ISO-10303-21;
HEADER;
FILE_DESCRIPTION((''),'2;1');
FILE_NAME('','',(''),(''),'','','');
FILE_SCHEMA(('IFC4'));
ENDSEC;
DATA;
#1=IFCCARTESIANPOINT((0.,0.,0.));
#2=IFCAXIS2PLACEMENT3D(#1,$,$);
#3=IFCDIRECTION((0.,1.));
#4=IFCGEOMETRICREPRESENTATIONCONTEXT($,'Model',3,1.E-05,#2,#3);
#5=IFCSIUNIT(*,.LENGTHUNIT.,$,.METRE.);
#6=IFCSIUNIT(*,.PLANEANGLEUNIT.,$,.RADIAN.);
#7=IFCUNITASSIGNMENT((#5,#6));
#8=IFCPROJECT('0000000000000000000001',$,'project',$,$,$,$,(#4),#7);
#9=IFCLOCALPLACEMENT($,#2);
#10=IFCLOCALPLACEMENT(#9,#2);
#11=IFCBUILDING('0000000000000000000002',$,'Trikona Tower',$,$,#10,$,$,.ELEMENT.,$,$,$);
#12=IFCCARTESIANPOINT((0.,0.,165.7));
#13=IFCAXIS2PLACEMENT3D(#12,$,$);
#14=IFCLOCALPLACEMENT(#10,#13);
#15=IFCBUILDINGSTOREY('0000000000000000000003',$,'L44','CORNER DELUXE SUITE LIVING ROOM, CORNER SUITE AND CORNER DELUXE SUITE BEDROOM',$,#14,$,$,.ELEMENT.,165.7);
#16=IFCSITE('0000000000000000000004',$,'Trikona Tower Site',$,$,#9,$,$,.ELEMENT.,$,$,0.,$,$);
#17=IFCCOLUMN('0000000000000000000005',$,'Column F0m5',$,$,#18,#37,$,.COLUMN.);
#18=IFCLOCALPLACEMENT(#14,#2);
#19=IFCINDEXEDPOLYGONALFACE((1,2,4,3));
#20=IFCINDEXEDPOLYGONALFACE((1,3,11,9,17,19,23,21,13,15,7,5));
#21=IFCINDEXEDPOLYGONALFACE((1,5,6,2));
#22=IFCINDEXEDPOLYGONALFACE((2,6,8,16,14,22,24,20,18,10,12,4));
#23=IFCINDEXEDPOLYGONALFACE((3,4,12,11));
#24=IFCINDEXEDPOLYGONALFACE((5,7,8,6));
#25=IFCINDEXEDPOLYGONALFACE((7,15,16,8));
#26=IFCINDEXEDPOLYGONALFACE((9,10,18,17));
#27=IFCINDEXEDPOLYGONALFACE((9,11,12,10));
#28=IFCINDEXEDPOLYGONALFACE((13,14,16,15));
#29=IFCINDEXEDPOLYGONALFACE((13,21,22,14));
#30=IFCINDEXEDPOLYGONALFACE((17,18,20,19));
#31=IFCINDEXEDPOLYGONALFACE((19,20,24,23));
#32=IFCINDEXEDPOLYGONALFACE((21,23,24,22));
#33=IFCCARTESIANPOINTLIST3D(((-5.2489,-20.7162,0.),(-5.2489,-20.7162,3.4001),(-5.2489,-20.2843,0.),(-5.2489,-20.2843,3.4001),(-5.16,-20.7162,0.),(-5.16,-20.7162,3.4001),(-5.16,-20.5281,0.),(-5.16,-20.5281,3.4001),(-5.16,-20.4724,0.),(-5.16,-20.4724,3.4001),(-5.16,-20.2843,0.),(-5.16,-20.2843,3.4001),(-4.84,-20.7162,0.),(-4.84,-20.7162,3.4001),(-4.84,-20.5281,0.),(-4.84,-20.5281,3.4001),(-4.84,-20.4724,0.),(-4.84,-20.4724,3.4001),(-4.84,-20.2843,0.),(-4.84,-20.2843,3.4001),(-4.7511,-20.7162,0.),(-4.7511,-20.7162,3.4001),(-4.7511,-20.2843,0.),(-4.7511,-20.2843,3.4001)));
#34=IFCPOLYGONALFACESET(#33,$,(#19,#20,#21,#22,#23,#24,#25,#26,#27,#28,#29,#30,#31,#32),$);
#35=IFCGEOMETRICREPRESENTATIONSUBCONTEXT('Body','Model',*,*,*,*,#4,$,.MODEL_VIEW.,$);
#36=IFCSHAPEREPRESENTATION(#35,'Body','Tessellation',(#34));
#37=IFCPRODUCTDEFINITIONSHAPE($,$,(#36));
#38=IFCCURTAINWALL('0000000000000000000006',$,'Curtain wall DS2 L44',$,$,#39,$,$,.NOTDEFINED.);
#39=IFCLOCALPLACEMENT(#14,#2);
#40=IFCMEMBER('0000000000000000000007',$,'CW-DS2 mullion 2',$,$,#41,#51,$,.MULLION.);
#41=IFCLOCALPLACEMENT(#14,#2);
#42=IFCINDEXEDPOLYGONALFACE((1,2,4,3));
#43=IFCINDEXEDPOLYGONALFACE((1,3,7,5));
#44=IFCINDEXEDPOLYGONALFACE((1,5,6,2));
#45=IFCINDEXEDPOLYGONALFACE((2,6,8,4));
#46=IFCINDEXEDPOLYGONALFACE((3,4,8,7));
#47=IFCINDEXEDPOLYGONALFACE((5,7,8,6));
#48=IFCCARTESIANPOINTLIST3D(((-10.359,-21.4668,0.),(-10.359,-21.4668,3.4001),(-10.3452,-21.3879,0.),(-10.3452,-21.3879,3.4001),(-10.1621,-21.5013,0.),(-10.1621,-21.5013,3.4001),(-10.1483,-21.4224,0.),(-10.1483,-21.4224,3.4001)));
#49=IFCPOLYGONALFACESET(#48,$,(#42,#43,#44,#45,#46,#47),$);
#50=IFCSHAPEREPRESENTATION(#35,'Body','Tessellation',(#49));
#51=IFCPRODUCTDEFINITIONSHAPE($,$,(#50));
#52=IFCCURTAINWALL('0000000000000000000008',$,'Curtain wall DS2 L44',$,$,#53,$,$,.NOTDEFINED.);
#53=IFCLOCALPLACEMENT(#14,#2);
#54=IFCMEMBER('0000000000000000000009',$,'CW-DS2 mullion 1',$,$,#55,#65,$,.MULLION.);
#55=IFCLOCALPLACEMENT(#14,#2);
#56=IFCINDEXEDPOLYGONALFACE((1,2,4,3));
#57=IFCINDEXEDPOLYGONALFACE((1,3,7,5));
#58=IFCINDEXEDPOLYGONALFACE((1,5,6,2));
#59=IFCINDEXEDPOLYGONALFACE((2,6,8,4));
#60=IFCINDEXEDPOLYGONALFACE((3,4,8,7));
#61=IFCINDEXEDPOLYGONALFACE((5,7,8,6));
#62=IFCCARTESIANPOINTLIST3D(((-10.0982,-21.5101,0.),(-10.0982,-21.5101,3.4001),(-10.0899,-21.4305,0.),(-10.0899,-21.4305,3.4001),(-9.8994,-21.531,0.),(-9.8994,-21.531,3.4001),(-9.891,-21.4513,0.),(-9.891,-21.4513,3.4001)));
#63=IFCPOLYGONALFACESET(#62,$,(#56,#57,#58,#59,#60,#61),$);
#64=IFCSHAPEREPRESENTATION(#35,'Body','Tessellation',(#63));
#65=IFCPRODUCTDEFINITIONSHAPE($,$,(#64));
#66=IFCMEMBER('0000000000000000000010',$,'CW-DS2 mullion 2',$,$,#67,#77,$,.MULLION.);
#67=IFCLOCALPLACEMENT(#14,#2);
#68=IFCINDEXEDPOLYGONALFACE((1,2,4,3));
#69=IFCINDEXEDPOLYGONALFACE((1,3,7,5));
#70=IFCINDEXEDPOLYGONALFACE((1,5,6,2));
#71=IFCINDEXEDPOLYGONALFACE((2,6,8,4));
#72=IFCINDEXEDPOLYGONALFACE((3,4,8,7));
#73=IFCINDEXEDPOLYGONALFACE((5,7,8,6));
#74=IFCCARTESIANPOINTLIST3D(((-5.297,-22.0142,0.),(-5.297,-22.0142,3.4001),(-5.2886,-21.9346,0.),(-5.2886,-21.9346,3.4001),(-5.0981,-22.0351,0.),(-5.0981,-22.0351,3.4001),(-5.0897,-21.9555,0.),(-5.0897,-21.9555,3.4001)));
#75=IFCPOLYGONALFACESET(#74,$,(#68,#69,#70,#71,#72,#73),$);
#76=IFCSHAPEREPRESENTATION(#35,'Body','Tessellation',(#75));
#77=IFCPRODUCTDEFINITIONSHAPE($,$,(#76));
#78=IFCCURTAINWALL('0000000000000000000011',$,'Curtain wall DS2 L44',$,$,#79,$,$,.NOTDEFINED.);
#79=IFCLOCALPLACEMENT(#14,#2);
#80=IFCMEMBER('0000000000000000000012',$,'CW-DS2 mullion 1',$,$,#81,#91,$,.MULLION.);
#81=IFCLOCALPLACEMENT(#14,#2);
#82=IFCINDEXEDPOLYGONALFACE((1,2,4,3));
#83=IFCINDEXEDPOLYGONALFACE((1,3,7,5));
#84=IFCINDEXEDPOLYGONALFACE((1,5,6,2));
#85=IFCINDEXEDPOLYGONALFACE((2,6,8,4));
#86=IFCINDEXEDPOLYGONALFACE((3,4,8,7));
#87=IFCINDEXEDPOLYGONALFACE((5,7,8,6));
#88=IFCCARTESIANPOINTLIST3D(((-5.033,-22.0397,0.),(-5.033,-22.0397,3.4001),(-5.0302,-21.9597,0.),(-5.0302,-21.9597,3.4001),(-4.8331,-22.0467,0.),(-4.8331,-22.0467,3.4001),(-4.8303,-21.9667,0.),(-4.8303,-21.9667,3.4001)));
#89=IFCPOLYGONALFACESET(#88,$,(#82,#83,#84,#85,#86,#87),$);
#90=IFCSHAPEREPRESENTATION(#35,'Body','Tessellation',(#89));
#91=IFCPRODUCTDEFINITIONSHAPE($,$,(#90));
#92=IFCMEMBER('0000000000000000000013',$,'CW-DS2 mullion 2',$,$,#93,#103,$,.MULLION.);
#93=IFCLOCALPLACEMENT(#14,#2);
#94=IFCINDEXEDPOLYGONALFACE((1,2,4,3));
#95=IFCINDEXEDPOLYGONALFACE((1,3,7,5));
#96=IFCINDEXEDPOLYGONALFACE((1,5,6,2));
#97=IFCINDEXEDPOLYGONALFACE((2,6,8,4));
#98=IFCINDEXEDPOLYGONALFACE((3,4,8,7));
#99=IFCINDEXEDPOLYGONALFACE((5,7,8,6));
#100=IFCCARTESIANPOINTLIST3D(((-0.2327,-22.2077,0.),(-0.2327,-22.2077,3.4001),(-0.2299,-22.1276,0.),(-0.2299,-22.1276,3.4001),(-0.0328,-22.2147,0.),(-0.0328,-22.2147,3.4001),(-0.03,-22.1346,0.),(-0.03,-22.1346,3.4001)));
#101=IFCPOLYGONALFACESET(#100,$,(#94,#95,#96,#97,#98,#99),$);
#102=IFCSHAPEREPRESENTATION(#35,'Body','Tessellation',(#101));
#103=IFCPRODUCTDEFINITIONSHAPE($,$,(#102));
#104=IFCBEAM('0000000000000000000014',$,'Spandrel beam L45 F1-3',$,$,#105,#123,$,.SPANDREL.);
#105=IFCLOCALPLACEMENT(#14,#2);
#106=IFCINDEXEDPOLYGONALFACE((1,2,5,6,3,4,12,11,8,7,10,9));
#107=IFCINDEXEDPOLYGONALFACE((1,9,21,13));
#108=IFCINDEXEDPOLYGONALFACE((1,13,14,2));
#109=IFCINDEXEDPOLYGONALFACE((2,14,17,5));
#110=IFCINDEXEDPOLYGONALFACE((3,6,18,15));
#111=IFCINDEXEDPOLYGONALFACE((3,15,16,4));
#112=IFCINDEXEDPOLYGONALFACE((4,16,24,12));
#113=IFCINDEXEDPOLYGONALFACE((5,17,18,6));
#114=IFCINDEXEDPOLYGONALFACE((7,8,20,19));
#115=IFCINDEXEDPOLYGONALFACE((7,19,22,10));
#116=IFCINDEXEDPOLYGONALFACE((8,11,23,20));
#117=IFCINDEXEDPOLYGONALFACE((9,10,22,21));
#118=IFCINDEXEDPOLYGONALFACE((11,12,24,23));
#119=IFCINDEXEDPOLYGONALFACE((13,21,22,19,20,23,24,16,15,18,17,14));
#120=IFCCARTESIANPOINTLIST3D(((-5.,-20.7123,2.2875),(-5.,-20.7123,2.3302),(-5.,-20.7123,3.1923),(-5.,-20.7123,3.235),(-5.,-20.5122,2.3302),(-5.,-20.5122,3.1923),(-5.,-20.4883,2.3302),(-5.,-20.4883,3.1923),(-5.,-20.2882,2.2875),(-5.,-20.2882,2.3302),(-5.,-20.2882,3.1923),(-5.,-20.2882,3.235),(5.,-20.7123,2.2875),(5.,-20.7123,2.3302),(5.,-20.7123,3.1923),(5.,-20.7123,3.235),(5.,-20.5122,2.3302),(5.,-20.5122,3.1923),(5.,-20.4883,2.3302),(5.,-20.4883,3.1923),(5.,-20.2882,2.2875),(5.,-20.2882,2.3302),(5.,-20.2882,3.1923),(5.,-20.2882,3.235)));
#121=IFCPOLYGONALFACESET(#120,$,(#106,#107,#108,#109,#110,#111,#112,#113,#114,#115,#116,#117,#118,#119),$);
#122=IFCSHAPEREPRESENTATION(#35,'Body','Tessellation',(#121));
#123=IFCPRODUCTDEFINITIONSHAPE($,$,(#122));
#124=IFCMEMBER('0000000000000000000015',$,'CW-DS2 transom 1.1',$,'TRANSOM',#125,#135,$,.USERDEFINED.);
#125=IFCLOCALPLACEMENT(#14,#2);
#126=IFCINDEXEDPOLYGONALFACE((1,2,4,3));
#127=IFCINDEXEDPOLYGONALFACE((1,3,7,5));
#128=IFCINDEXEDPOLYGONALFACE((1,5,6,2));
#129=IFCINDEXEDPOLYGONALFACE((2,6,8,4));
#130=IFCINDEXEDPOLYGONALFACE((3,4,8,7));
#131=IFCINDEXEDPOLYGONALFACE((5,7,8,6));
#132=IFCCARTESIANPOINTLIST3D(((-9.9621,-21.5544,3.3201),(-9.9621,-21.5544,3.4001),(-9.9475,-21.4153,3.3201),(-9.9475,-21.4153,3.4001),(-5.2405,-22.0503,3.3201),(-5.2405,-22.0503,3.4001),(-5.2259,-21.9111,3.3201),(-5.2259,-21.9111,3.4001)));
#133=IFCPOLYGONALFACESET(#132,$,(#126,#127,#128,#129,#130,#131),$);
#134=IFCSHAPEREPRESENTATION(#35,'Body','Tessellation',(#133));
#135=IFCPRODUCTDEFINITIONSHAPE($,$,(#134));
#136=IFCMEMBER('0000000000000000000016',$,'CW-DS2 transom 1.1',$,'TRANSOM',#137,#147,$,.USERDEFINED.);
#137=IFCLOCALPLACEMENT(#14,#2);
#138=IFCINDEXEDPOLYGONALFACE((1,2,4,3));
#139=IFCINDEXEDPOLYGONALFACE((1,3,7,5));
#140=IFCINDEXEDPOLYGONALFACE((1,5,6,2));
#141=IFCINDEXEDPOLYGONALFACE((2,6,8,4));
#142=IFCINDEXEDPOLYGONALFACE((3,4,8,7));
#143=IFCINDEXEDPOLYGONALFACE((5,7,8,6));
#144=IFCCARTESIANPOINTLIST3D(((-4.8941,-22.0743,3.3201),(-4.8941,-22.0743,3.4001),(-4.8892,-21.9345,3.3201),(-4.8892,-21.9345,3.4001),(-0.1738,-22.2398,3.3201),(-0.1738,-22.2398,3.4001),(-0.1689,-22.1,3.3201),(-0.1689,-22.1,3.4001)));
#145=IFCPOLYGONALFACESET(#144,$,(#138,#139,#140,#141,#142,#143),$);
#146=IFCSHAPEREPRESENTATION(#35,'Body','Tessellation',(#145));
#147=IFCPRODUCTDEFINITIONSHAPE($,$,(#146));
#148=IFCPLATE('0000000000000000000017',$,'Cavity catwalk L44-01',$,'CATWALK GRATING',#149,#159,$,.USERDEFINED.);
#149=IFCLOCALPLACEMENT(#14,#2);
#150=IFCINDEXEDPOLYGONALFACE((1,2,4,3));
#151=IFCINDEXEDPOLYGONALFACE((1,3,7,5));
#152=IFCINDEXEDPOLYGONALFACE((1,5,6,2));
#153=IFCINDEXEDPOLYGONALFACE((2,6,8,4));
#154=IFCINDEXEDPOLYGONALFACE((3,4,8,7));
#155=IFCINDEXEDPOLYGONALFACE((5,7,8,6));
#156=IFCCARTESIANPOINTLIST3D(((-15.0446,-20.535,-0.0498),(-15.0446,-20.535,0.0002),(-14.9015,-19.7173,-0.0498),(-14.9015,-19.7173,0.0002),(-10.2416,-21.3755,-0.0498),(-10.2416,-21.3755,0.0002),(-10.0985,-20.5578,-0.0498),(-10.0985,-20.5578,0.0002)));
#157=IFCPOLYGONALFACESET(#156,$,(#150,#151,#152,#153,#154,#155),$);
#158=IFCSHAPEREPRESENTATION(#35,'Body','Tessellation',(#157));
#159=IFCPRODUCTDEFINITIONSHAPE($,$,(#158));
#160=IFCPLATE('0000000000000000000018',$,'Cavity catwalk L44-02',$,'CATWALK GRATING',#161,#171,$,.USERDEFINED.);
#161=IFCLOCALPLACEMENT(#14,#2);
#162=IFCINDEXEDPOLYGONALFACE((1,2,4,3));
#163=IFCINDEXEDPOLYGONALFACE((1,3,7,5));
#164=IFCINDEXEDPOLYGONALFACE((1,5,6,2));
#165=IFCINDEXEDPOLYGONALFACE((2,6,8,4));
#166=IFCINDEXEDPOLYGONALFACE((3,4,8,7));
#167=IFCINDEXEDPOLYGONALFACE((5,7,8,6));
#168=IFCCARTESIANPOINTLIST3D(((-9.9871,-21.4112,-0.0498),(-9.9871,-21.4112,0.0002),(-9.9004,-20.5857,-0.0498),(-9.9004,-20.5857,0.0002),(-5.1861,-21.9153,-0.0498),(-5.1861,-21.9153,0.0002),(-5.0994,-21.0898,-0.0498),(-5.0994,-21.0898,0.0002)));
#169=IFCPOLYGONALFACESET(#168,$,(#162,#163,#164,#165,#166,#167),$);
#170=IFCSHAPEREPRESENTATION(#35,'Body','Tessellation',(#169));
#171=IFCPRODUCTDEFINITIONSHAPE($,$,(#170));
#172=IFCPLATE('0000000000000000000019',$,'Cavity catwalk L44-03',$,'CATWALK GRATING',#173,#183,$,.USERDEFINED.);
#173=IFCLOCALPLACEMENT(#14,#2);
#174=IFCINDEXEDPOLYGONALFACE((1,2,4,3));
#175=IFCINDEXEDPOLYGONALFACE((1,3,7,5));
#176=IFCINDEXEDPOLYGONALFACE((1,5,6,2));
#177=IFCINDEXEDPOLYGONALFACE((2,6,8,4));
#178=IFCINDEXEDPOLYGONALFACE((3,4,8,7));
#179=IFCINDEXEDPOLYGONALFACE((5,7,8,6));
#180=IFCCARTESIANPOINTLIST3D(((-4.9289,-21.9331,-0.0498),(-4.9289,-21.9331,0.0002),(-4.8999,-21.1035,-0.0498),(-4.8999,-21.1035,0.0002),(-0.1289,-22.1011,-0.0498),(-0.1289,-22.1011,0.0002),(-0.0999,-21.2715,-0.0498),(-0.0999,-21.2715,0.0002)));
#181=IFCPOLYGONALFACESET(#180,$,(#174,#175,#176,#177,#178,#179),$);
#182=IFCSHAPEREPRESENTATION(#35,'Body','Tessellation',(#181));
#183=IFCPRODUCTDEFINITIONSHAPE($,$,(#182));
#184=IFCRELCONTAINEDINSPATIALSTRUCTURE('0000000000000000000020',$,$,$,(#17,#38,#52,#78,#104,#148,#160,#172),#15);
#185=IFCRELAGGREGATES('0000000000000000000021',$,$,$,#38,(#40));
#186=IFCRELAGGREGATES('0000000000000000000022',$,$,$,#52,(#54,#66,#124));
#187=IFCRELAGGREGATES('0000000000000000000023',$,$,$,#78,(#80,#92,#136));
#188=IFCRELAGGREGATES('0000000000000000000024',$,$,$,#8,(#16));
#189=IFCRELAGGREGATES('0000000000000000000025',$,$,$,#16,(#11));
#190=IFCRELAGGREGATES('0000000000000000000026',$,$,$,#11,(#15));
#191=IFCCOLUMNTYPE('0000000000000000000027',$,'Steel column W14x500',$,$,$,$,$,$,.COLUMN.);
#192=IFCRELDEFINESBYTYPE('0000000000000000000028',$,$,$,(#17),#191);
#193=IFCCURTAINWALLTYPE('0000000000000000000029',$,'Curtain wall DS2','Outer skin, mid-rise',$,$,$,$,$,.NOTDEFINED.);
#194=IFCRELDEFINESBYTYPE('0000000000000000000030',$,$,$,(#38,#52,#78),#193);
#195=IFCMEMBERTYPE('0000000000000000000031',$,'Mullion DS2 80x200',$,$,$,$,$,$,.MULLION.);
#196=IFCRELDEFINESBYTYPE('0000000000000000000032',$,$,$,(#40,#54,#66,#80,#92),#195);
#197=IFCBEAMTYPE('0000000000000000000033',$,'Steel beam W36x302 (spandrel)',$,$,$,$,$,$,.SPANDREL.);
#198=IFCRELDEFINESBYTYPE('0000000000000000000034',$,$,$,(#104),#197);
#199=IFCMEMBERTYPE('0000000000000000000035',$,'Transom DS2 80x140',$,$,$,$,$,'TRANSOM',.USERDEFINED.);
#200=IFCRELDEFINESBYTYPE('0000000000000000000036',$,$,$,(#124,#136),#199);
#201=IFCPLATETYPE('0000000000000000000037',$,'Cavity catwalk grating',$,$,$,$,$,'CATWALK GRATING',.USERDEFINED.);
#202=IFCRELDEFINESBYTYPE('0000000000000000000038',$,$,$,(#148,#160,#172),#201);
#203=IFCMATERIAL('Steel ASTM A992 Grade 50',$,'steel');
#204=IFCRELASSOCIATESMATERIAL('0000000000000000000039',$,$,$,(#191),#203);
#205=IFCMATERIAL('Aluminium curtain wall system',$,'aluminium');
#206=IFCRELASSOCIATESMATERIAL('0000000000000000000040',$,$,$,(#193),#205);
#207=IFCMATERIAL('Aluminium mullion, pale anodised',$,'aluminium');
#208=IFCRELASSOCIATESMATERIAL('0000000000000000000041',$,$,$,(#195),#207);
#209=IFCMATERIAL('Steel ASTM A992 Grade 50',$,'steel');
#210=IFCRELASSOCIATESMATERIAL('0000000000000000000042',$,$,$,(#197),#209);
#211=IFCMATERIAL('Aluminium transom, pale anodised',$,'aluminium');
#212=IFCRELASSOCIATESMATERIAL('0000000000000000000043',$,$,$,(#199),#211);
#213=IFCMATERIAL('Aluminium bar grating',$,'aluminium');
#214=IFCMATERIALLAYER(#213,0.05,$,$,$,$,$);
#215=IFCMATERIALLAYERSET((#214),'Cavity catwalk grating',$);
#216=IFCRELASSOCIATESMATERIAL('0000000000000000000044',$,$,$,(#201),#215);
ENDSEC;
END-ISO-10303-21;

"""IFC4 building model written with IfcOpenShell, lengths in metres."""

from ifc_helpers import new_model, si_unit, direction, frame, origin, origin_2d, place, context, subcontext, project, spatial, rectangle, i_section, extrude, material, layer, layer_set, material_profile, profile_set, type_object, element, aggregate, save


model = new_model("IFC4")

# Units and contexts
model_context = context("Model", 3, precision=1e-05, world=origin(), true_north=direction((0.0, 1.0)))
body_context = subcontext(model_context, "Body", "Model", "MODEL_VIEW")
ifc_project = project(units=[si_unit("LENGTHUNIT", "METRE"), si_unit("PLANEANGLEUNIT", "RADIAN")], contexts=[model_context])

# Site, building, storey
site_placement = place(None, origin())
site = spatial("IfcSite", under=ifc_project, at=site_placement, Name="Trikona Tower Site", CompositionType="ELEMENT", RefElevation=0.0)
building_placement = place(site_placement, origin())
building = spatial("IfcBuilding", under=site, at=building_placement, Name="Trikona Tower", CompositionType="ELEMENT")
storey_placement = place(building_placement, frame((0.0, 0.0, 165.7)))
storey = spatial("IfcBuildingStorey", under=building, at=storey_placement, Name="L44", Description="CORNER DELUXE SUITE LIVING ROOM, CORNER SUITE AND CORNER DELUXE SUITE BEDROOM", CompositionType="ELEMENT", Elevation=165.7)

# Column
ifc_material_1 = material(Name="Steel ASTM A992 Grade 50", Category="steel")
ifc_material_profile_1 = material_profile(ifc_material_1, i_section(OverallWidth=0.4319, OverallDepth=0.4978, WebThickness=0.0557, FlangeThickness=0.0889, at=origin_2d()), Name="W14X500")
ifc_profile_set_1 = profile_set([ifc_material_profile_1], Name="Steel ASTM A992 Grade 50")
column_type = type_object("IfcColumnType", Name="Steel column W14x500", PredefinedType="COLUMN", material=ifc_profile_set_1)
column_placement = place(storey_placement, frame((-5.0, -20.5002, 0.0), z_axis=(0.0, 0.0, 1.0), x_axis=(0.0, -1.0, 0.0)))
element("IfcColumn", 1, at=column_placement, inside=storey, type_object=column_type, Name="Column F0m5", PredefinedType="COLUMN", context=body_context, shape_type="SweptSolid", body=[
    extrude(i_section(OverallWidth=0.4319, OverallDepth=0.4978, WebThickness=0.0557, FlangeThickness=0.0889, at=origin_2d()), origin(), (0.0, 0.0, 1.0), 3.4001),
])

# Curtain wall, member
ifc_material_2 = material(Name="Aluminium curtain wall system", Category="aluminium")
curtain_wall_type = type_object("IfcCurtainWallType", Name="Curtain wall DS2", Description="Outer skin, mid-rise", PredefinedType="NOTDEFINED", material=ifc_material_2)
curtain_wall_1_placement = place(storey_placement, origin())
curtain_wall_1 = element("IfcCurtainWall", 2, at=curtain_wall_1_placement, inside=storey, type_object=curtain_wall_type, Name="Curtain wall DS2 L44", PredefinedType="NOTDEFINED")
ifc_material_3 = material(Name="Aluminium mullion, pale anodised", Category="aluminium")
ifc_material_profile_2 = material_profile(ifc_material_3, rectangle(XDim=0.0801, YDim=0.2, at=origin_2d()), Name="MUL-DS2")
ifc_profile_set_2 = profile_set([ifc_material_profile_2], Name="Aluminium mullion, pale anodised")
member_type_1 = type_object("IfcMemberType", Name="Mullion DS2 80x200", PredefinedType="MULLION", material=ifc_profile_set_2)
member_1_placement = place(storey_placement, frame((-10.2537, -21.4446, 0.0), z_axis=(0.0, 0.0, 1.0), x_axis=(0.172377, 0.985031, 0.0)))
member_1 = element("IfcMember", 3, at=member_1_placement, type_object=member_type_1, Name="CW-DS2 mullion 2", PredefinedType="MULLION", context=body_context, shape_type="SweptSolid", body=[
    extrude(rectangle(XDim=0.0801, YDim=0.2, at=origin_2d()), origin(), (0.0, 0.0, 1.0), 3.4001),
])

# Curtain walls, members
curtain_wall_2_placement = place(storey_placement, origin())
curtain_wall_2 = element("IfcCurtainWall", 4, at=curtain_wall_2_placement, inside=storey, type_object=curtain_wall_type, Name="Curtain wall DS2 L44", PredefinedType="NOTDEFINED")
member_2_placement = place(storey_placement, frame((-9.9946, -21.4807, 0.0), z_axis=(0.0, 0.0, 1.0), x_axis=(0.104433, 0.994532, 0.0)))
member_2 = element("IfcMember", 5, at=member_2_placement, type_object=member_type_1, Name="CW-DS2 mullion 1", PredefinedType="MULLION", context=body_context, shape_type="SweptSolid", body=[
    extrude(rectangle(XDim=0.0801, YDim=0.2, at=origin_2d()), origin(), (0.0, 0.0, 1.0), 3.4001),
])
member_3_placement = place(storey_placement, frame((-5.1934, -21.9849, 0.0), z_axis=(0.0, 0.0, 1.0), x_axis=(0.104433, 0.994532, 0.0)))
member_3 = element("IfcMember", 6, at=member_3_placement, type_object=member_type_1, Name="CW-DS2 mullion 2", PredefinedType="MULLION", context=body_context, shape_type="SweptSolid", body=[
    extrude(rectangle(XDim=0.0801, YDim=0.2, at=origin_2d()), origin(), (0.0, 0.0, 1.0), 3.4001),
])
curtain_wall_3_placement = place(storey_placement, origin())
curtain_wall_3 = element("IfcCurtainWall", 7, at=curtain_wall_3_placement, inside=storey, type_object=curtain_wall_type, Name="Curtain wall DS2 L44", PredefinedType="NOTDEFINED")
member_4_placement = place(storey_placement, frame((-4.9316, -22.0032, 0.0), z_axis=(0.0, 0.0, 1.0), x_axis=(0.034998, 0.999387, 0.0)))
member_4 = element("IfcMember", 8, at=member_4_placement, type_object=member_type_1, Name="CW-DS2 mullion 1", PredefinedType="MULLION", context=body_context, shape_type="SweptSolid", body=[
    extrude(rectangle(XDim=0.0801, YDim=0.2, at=origin_2d()), origin(), (0.0, 0.0, 1.0), 3.4001),
])
member_5_placement = place(storey_placement, frame((-0.1313, -22.1711, 0.0), z_axis=(0.0, 0.0, 1.0), x_axis=(0.034998, 0.999387, 0.0)))
member_5 = element("IfcMember", 9, at=member_5_placement, type_object=member_type_1, Name="CW-DS2 mullion 2", PredefinedType="MULLION", context=body_context, shape_type="SweptSolid", body=[
    extrude(rectangle(XDim=0.0801, YDim=0.2, at=origin_2d()), origin(), (0.0, 0.0, 1.0), 3.4001),
])

# Beam
ifc_material_4 = material(Name="Steel ASTM A992 Grade 50", Category="steel")
ifc_material_profile_3 = material_profile(ifc_material_4, i_section(OverallWidth=0.4241, OverallDepth=0.9475, WebThickness=0.0239, FlangeThickness=0.0427, at=origin_2d()), Name="W36X302")
ifc_profile_set_3 = profile_set([ifc_material_profile_3], Name="Steel ASTM A992 Grade 50")
beam_type = type_object("IfcBeamType", Name="Steel beam W36x302 (spandrel)", PredefinedType="SPANDREL", material=ifc_profile_set_3)
beam_placement = place(storey_placement, frame((-5.0, -20.5002, 2.7612), z_axis=(1.0, 0.0, 0.0), x_axis=(0.0, 1.0, 0.0)))
element("IfcBeam", 10, at=beam_placement, inside=storey, type_object=beam_type, Name="Spandrel beam L45 F1-3", PredefinedType="SPANDREL", context=body_context, shape_type="SweptSolid", body=[
    extrude(i_section(OverallWidth=0.4241, OverallDepth=0.9475, WebThickness=0.0239, FlangeThickness=0.0427, at=origin_2d()), origin(), (0.0, 0.0, 1.0), 10.0),
])

# Members
ifc_material_5 = material(Name="Aluminium transom, pale anodised", Category="aluminium")
ifc_material_profile_4 = material_profile(ifc_material_5, rectangle(XDim=0.1399, YDim=0.0801, at=origin_2d()), Name="TRN-DS2")
ifc_profile_set_4 = profile_set([ifc_material_profile_4], Name="Aluminium transom, pale anodised")
member_type_2 = type_object("IfcMemberType", Name="Transom DS2 80x140", ElementType="TRANSOM", PredefinedType="USERDEFINED", material=ifc_profile_set_4)
member_6_placement = place(storey_placement, frame((-9.9548, -21.4849, 3.3601), z_axis=(0.994531, -0.104441, 0.0), x_axis=(0.104441, 0.994531, 0.0)))
member_6 = element("IfcMember", 11, at=member_6_placement, type_object=member_type_2, Name="CW-DS2 transom 1.1", ObjectType="TRANSOM", PredefinedType="USERDEFINED", context=body_context, shape_type="SweptSolid", body=[
    extrude(rectangle(XDim=0.1399, YDim=0.0801, at=origin_2d()), origin(), (0.0, 0.0, 1.0), 4.7476),
])
member_7_placement = place(storey_placement, frame((-4.8916, -22.0044, 3.3601), z_axis=(0.999386, -0.035046, 0.0), x_axis=(0.035046, 0.999386, 0.0)))
member_7 = element("IfcMember", 12, at=member_7_placement, type_object=member_type_2, Name="CW-DS2 transom 1.1", ObjectType="TRANSOM", PredefinedType="USERDEFINED", context=body_context, shape_type="SweptSolid", body=[
    extrude(rectangle(XDim=0.1399, YDim=0.0801, at=origin_2d()), origin(), (0.0, 0.0, 1.0), 4.7231),
])

# Plates
ifc_material_6 = material(Name="Aluminium bar grating", Category="aluminium")
ifc_layer_1 = layer(ifc_material_6, 0.05)
ifc_layer_set_1 = layer_set([ifc_layer_1], Name="Cavity catwalk grating")
plate_type_1 = type_object("IfcPlateType", Name="Cavity catwalk grating", ElementType="CATWALK GRATING", PredefinedType="USERDEFINED", material=ifc_layer_set_1)
plate_1_placement = place(storey_placement, frame((-12.5715, -20.5464, -0.0498), z_axis=(0.0, 0.0, 1.0), x_axis=(0.985031, -0.17238, 0.0)))
element("IfcPlate", 13, at=plate_1_placement, inside=storey, type_object=plate_type_1, Name="Cavity catwalk L44-01", ObjectType="CATWALK GRATING", PredefinedType="USERDEFINED", context=body_context, shape_type="SweptSolid", body=[
    extrude(rectangle(XDim=4.876, YDim=0.8301, at=origin_2d()), origin(), (0.0, 0.0, 1.0), 0.05),
])
plate_2_placement = place(storey_placement, frame((-7.5432, -21.2505, -0.0498), z_axis=(0.0, 0.0, 1.0), x_axis=(0.994533, -0.104426, 0.0)))
element("IfcPlate", 14, at=plate_2_placement, inside=storey, type_object=plate_type_1, Name="Cavity catwalk L44-02", ObjectType="CATWALK GRATING", PredefinedType="USERDEFINED", context=body_context, shape_type="SweptSolid", body=[
    extrude(rectangle(XDim=4.8274, YDim=0.8301, at=origin_2d()), origin(), (0.0, 0.0, 1.0), 0.05),
])
plate_3_placement = place(storey_placement, frame((-2.5144, -21.6023, -0.0498), z_axis=(0.0, 0.0, 1.0), x_axis=(0.999388, -0.034978, 0.0)))
element("IfcPlate", 15, at=plate_3_placement, inside=storey, type_object=plate_type_1, Name="Cavity catwalk L44-03", ObjectType="CATWALK GRATING", PredefinedType="USERDEFINED", context=body_context, shape_type="SweptSolid", body=[
    extrude(rectangle(XDim=4.803, YDim=0.8301, at=origin_2d()), origin(), (0.0, 0.0, 1.0), 0.05),
])

aggregate(curtain_wall_1, [member_1])
aggregate(curtain_wall_2, [member_2, member_3, member_6])
aggregate(curtain_wall_3, [member_4, member_5, member_7])

save(model, "model.ifc")
